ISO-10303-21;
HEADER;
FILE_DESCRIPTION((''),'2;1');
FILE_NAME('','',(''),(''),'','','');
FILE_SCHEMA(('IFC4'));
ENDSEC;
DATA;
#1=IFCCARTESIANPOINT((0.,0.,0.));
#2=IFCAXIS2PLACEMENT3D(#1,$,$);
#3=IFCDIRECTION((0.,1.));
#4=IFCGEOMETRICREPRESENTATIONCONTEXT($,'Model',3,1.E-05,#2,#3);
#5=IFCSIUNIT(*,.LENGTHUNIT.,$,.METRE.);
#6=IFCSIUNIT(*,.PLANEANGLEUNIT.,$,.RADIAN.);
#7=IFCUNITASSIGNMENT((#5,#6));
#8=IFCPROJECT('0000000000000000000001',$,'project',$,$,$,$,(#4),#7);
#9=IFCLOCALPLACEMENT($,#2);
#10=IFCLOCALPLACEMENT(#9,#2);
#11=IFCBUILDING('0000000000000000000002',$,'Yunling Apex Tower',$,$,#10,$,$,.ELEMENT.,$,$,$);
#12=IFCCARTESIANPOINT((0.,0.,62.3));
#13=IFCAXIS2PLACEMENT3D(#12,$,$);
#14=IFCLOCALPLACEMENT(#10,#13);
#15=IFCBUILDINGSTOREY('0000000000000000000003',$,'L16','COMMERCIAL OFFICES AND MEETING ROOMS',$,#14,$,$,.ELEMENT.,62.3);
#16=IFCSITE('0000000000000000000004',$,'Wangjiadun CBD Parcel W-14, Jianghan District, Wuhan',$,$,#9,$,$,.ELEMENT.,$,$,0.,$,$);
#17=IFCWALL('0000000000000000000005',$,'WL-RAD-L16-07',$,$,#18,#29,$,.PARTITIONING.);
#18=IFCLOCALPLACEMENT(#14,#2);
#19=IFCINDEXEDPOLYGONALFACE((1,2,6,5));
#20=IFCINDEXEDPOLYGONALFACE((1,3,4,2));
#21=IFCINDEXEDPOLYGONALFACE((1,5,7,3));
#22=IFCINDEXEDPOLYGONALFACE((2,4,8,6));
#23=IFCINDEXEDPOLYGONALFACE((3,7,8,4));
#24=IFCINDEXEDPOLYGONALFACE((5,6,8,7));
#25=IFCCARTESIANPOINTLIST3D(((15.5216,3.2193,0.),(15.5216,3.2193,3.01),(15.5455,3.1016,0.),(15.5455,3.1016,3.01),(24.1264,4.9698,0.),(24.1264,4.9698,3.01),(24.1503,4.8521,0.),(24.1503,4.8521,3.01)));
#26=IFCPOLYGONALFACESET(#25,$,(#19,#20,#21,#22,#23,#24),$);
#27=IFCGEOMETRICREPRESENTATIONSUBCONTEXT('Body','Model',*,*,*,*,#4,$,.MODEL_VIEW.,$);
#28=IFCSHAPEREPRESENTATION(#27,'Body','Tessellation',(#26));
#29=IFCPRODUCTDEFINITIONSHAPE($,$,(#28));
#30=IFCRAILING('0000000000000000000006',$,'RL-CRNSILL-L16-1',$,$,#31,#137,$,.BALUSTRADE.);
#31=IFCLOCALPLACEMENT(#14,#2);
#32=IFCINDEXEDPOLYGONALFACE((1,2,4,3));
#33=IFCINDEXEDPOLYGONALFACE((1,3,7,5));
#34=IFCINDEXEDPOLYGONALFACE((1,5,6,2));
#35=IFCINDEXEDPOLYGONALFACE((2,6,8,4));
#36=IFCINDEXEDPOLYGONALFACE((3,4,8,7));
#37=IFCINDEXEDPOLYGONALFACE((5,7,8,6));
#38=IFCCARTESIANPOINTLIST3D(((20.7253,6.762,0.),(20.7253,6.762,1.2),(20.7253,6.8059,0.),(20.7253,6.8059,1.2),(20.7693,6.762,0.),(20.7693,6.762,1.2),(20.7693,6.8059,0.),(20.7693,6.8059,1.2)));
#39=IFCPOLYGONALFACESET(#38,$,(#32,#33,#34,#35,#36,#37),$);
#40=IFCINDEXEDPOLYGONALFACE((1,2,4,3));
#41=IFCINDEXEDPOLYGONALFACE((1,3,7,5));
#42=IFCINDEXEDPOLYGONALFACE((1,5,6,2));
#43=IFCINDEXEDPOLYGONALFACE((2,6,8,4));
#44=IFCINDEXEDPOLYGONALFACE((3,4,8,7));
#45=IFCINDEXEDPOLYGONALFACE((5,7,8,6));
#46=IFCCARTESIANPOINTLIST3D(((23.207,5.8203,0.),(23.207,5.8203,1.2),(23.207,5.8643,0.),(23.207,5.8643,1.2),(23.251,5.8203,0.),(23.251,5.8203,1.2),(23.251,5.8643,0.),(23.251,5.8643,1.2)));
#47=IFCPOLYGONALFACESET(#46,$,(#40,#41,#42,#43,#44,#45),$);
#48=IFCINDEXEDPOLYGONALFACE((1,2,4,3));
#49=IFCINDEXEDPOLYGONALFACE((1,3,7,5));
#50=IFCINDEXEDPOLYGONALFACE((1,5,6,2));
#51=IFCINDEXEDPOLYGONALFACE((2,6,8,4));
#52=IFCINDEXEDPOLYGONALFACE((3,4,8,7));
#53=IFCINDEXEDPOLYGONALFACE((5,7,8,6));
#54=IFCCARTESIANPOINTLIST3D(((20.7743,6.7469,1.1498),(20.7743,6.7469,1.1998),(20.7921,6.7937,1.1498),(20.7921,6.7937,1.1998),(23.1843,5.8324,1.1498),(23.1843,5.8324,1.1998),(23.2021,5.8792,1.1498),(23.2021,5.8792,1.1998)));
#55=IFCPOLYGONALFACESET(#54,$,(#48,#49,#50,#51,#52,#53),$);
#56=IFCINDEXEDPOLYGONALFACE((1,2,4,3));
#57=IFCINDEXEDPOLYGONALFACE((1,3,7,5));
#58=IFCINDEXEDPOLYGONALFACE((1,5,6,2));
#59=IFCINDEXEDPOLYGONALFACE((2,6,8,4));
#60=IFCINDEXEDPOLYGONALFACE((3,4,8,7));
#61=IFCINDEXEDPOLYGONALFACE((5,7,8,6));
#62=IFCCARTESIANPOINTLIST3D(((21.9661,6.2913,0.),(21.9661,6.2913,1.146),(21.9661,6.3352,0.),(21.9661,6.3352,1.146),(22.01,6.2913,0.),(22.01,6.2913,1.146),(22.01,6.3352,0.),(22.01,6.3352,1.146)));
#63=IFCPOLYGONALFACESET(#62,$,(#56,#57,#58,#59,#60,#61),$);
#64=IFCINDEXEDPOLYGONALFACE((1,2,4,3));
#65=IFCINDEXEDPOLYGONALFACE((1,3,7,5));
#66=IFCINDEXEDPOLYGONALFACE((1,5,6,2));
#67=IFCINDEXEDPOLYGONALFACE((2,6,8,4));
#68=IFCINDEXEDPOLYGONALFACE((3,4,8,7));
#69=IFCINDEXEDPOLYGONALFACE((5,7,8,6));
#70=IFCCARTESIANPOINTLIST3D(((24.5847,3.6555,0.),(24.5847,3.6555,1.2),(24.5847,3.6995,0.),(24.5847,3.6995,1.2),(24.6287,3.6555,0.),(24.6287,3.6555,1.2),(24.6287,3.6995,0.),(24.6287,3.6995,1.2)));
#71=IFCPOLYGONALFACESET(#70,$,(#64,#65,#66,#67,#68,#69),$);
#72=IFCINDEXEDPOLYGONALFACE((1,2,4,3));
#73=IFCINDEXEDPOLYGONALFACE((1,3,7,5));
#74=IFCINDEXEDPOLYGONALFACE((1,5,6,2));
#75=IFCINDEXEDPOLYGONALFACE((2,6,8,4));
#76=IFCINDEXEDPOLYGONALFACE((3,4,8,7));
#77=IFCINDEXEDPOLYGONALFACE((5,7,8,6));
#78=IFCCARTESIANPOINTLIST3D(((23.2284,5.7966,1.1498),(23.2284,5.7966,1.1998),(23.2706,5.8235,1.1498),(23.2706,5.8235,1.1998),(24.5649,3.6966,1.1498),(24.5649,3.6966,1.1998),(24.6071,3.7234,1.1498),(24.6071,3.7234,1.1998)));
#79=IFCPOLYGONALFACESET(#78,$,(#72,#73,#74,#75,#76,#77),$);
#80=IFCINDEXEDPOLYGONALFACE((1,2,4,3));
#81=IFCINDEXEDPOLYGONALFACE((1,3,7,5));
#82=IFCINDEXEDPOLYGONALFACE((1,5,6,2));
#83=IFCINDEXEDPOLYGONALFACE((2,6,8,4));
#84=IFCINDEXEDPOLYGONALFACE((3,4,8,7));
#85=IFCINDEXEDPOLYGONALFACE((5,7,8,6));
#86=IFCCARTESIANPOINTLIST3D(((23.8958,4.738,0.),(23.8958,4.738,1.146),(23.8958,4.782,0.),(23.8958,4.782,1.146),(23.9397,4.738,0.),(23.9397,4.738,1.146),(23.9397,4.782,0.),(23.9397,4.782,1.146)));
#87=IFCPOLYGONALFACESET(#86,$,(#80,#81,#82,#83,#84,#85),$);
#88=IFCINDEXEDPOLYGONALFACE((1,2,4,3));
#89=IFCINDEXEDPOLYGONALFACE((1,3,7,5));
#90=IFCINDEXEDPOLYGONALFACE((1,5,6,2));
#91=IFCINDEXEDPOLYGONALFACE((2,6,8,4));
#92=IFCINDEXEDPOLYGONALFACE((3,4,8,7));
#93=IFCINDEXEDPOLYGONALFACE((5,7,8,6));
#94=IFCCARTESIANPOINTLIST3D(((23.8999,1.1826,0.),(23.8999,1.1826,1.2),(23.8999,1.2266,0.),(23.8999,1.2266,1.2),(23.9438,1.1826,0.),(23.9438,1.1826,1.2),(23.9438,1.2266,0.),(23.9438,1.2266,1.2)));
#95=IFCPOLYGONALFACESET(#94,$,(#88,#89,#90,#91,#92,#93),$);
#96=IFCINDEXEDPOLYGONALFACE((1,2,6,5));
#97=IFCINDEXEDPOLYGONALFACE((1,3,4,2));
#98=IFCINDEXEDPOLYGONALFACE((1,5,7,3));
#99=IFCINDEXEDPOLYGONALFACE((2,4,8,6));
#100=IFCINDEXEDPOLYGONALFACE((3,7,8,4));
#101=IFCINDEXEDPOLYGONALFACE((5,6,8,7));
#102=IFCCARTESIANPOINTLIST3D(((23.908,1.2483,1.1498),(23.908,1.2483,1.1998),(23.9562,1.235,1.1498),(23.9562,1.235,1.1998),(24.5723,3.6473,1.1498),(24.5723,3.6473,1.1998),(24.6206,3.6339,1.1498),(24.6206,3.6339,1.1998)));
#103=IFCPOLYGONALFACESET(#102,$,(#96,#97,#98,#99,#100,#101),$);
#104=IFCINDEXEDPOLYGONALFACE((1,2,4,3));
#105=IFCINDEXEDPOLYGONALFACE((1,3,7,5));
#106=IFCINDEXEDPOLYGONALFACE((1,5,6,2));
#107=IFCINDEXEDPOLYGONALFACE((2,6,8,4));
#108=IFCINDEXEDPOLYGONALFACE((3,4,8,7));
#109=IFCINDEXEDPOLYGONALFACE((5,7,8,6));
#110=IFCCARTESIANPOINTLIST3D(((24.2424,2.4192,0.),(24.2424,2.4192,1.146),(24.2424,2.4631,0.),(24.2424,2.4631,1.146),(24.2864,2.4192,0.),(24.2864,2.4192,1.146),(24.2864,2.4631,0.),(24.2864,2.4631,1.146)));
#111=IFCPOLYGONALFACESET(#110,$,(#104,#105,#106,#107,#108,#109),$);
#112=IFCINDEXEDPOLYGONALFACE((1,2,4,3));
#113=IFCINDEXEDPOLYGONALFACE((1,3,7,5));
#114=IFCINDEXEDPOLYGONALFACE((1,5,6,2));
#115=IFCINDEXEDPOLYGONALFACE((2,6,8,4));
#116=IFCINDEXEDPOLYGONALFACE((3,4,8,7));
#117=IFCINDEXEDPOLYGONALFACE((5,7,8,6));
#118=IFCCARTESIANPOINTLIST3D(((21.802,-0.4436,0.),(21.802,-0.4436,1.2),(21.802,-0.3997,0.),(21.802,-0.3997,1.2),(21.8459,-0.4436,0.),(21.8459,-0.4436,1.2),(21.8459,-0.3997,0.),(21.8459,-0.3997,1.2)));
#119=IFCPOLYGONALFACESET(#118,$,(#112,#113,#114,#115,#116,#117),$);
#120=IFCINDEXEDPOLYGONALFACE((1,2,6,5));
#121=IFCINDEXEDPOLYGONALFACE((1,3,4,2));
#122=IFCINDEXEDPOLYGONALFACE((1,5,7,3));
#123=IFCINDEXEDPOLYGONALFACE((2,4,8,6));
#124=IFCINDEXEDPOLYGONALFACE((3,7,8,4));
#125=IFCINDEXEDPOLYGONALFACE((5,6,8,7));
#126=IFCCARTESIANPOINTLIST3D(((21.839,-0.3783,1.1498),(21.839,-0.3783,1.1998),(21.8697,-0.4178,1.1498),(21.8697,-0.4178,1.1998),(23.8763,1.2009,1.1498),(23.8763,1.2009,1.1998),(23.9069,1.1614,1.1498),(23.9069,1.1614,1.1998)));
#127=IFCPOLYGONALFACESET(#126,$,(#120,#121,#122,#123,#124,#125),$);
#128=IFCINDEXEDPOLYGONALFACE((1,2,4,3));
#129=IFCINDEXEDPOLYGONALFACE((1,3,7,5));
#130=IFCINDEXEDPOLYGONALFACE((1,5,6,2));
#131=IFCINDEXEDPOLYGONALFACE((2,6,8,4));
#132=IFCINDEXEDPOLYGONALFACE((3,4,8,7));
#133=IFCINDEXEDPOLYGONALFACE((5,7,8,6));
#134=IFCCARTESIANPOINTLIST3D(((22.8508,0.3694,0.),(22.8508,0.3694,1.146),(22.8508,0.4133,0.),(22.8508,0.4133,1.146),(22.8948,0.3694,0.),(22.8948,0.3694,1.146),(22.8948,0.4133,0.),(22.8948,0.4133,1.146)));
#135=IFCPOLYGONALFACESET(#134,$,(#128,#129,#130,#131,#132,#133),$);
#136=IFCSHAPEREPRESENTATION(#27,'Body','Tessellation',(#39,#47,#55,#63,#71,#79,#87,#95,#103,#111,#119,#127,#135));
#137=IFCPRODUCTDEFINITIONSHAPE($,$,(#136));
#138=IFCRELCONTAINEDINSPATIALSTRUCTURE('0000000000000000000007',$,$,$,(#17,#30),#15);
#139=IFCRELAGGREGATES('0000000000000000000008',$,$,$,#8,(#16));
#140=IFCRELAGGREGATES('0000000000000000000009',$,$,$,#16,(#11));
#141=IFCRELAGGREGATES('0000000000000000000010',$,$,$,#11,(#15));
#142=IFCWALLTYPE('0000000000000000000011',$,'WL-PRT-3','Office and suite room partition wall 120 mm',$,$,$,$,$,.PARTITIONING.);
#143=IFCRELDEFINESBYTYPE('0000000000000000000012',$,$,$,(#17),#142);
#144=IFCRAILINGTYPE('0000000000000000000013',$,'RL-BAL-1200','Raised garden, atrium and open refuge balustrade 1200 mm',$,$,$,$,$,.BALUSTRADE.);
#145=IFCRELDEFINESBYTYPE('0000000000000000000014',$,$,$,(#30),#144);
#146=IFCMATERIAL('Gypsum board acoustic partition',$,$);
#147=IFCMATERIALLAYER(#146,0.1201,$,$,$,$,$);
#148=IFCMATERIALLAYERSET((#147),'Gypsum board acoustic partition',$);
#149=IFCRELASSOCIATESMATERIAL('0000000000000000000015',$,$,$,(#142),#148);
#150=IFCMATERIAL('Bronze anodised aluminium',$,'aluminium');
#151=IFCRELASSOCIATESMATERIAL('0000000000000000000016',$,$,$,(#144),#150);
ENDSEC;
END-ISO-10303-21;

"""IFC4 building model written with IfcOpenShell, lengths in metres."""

from ifc_helpers import new_model, si_unit, direction, frame, frame_2d, origin, origin_2d, place, context, subcontext, project, spatial, rectangle, extrude, material, layer, layer_set, type_object, element, save


model = new_model("IFC4")

# Units and contexts
model_context = context("Model", 3, precision=1e-05, world=origin(), true_north=direction((0.0, 1.0)))
body_context = subcontext(model_context, "Body", "Model", "MODEL_VIEW")
ifc_project = project(units=[si_unit("LENGTHUNIT", "METRE"), si_unit("PLANEANGLEUNIT", "RADIAN")], contexts=[model_context])

# Site, building, storey
site_placement = place(None, origin())
site = spatial("IfcSite", under=ifc_project, at=site_placement, Name="Wangjiadun CBD Parcel W-14, Jianghan District, Wuhan", CompositionType="ELEMENT", RefElevation=0.0)
building_placement = place(site_placement, origin())
building = spatial("IfcBuilding", under=site, at=building_placement, Name="Yunling Apex Tower", CompositionType="ELEMENT")
storey_placement = place(building_placement, frame((0.0, 0.0, 62.3)))
storey = spatial("IfcBuildingStorey", under=building, at=storey_placement, Name="L16", Description="COMMERCIAL OFFICES AND MEETING ROOMS", CompositionType="ELEMENT", Elevation=62.3)

# Shared definitions
ifc_material_1 = material(Name="Bronze anodised aluminium", Category="aluminium")

# Shared definitions
ifc_material_2 = material(Name="Gypsum board acoustic partition")

# Wall
ifc_layer_1 = layer(ifc_material_2, 0.1201)
ifc_layer_set_1 = layer_set([ifc_layer_1], Name="Gypsum board acoustic partition")
wall_type_1 = type_object("IfcWallType", Name="WL-PRT-3", Description="Office and suite room partition wall 120 mm", PredefinedType="PARTITIONING", material=ifc_layer_set_1)
wall_1_placement = place(storey_placement, frame((15.5334, 3.1604, 0.0), z_axis=(0.0, 0.0, 1.0), x_axis=(0.979928, 0.19935, 0.0)))
element("IfcWall", 1, at=wall_1_placement, inside=storey, type_object=wall_type_1, Name="WL-RAD-L16-07", PredefinedType="PARTITIONING", context=body_context, shape_type="SweptSolid", body=[
    extrude(rectangle(XDim=8.781, YDim=0.1201, at=frame_2d((4.3906, 0.0))), origin(), (0.0, 0.0, 1.0), 3.01),
])

# Railing
railing_type = type_object("IfcRailingType", Name="RL-BAL-1200", Description="Raised garden, atrium and open refuge balustrade 1200 mm", PredefinedType="BALUSTRADE", material=ifc_material_1)
railing_1_placement = place(storey_placement, frame((20.7473, 6.7839, 0.0)))
element("IfcRailing", 2, at=railing_1_placement, inside=storey, type_object=railing_type, Name="RL-CRNSILL-L16-1", PredefinedType="BALUSTRADE", context=body_context, shape_type="SweptSolid", body=[
    extrude(rectangle(XDim=0.0439, YDim=0.0439, at=origin_2d()), origin(), (0.0, 0.0, 1.0), 1.2),
    extrude(rectangle(XDim=0.0439, YDim=0.0439, at=origin_2d()), frame((2.4817, -0.9417, 0.0)), (0.0, 0.0, 1.0), 1.2),
    extrude(rectangle(XDim=0.05, YDim=0.05, at=origin_2d()), frame((0.0359, -0.0137, 1.1748), z_axis=(0.934958, -0.35476, 0.0), x_axis=(0.35476, 0.934958, 0.0)), (0.0, 0.0, 1.0), 2.5776),
    extrude(rectangle(XDim=0.0439, YDim=0.0439, at=origin_2d()), frame((1.2407, -0.4707, 0.0)), (0.0, 0.0, 1.0), 1.146),
    extrude(rectangle(XDim=0.0439, YDim=0.0439, at=origin_2d()), frame((3.8594, -3.1064, 0.0)), (0.0, 0.0, 1.0), 1.2),
    extrude(rectangle(XDim=0.05, YDim=0.05, at=origin_2d()), frame((2.5022, -0.9739, 1.1748), z_axis=(0.5369, -0.843646, 0.0), x_axis=(0.843646, 0.5369, 0.0)), (0.0, 0.0, 1.0), 2.4893),
    extrude(rectangle(XDim=0.0439, YDim=0.0439, at=origin_2d()), frame((3.1704, -2.0239, 0.0)), (0.0, 0.0, 1.0), 1.146),
    extrude(rectangle(XDim=0.0439, YDim=0.0439, at=origin_2d()), frame((3.1746, -5.5793, 0.0)), (0.0, 0.0, 1.0), 1.2),
    extrude(rectangle(XDim=0.05, YDim=0.05, at=origin_2d()), frame((3.8491, -3.1433, 1.1748), z_axis=(-0.266883, -0.963729, 0.0), x_axis=(0.963729, -0.266883, 0.0)), (0.0, 0.0, 1.0), 2.4893),
    extrude(rectangle(XDim=0.0439, YDim=0.0439, at=origin_2d()), frame((3.5171, -4.3428, 0.0)), (0.0, 0.0, 1.0), 1.146),
    extrude(rectangle(XDim=0.0439, YDim=0.0439, at=origin_2d()), frame((1.0767, -7.2056, 0.0)), (0.0, 0.0, 1.0), 1.2),
    extrude(rectangle(XDim=0.05, YDim=0.05, at=origin_2d()), frame((3.1443, -5.6028, 1.1748), z_axis=(-0.790352, -0.612654, 0.0), x_axis=(0.612654, -0.790352, 0.0)), (0.0, 0.0, 1.0), 2.5776),
    extrude(rectangle(XDim=0.0439, YDim=0.0439, at=origin_2d()), frame((2.1255, -6.3926, 0.0)), (0.0, 0.0, 1.0), 1.146),
])

save(model, "model.ifc")
